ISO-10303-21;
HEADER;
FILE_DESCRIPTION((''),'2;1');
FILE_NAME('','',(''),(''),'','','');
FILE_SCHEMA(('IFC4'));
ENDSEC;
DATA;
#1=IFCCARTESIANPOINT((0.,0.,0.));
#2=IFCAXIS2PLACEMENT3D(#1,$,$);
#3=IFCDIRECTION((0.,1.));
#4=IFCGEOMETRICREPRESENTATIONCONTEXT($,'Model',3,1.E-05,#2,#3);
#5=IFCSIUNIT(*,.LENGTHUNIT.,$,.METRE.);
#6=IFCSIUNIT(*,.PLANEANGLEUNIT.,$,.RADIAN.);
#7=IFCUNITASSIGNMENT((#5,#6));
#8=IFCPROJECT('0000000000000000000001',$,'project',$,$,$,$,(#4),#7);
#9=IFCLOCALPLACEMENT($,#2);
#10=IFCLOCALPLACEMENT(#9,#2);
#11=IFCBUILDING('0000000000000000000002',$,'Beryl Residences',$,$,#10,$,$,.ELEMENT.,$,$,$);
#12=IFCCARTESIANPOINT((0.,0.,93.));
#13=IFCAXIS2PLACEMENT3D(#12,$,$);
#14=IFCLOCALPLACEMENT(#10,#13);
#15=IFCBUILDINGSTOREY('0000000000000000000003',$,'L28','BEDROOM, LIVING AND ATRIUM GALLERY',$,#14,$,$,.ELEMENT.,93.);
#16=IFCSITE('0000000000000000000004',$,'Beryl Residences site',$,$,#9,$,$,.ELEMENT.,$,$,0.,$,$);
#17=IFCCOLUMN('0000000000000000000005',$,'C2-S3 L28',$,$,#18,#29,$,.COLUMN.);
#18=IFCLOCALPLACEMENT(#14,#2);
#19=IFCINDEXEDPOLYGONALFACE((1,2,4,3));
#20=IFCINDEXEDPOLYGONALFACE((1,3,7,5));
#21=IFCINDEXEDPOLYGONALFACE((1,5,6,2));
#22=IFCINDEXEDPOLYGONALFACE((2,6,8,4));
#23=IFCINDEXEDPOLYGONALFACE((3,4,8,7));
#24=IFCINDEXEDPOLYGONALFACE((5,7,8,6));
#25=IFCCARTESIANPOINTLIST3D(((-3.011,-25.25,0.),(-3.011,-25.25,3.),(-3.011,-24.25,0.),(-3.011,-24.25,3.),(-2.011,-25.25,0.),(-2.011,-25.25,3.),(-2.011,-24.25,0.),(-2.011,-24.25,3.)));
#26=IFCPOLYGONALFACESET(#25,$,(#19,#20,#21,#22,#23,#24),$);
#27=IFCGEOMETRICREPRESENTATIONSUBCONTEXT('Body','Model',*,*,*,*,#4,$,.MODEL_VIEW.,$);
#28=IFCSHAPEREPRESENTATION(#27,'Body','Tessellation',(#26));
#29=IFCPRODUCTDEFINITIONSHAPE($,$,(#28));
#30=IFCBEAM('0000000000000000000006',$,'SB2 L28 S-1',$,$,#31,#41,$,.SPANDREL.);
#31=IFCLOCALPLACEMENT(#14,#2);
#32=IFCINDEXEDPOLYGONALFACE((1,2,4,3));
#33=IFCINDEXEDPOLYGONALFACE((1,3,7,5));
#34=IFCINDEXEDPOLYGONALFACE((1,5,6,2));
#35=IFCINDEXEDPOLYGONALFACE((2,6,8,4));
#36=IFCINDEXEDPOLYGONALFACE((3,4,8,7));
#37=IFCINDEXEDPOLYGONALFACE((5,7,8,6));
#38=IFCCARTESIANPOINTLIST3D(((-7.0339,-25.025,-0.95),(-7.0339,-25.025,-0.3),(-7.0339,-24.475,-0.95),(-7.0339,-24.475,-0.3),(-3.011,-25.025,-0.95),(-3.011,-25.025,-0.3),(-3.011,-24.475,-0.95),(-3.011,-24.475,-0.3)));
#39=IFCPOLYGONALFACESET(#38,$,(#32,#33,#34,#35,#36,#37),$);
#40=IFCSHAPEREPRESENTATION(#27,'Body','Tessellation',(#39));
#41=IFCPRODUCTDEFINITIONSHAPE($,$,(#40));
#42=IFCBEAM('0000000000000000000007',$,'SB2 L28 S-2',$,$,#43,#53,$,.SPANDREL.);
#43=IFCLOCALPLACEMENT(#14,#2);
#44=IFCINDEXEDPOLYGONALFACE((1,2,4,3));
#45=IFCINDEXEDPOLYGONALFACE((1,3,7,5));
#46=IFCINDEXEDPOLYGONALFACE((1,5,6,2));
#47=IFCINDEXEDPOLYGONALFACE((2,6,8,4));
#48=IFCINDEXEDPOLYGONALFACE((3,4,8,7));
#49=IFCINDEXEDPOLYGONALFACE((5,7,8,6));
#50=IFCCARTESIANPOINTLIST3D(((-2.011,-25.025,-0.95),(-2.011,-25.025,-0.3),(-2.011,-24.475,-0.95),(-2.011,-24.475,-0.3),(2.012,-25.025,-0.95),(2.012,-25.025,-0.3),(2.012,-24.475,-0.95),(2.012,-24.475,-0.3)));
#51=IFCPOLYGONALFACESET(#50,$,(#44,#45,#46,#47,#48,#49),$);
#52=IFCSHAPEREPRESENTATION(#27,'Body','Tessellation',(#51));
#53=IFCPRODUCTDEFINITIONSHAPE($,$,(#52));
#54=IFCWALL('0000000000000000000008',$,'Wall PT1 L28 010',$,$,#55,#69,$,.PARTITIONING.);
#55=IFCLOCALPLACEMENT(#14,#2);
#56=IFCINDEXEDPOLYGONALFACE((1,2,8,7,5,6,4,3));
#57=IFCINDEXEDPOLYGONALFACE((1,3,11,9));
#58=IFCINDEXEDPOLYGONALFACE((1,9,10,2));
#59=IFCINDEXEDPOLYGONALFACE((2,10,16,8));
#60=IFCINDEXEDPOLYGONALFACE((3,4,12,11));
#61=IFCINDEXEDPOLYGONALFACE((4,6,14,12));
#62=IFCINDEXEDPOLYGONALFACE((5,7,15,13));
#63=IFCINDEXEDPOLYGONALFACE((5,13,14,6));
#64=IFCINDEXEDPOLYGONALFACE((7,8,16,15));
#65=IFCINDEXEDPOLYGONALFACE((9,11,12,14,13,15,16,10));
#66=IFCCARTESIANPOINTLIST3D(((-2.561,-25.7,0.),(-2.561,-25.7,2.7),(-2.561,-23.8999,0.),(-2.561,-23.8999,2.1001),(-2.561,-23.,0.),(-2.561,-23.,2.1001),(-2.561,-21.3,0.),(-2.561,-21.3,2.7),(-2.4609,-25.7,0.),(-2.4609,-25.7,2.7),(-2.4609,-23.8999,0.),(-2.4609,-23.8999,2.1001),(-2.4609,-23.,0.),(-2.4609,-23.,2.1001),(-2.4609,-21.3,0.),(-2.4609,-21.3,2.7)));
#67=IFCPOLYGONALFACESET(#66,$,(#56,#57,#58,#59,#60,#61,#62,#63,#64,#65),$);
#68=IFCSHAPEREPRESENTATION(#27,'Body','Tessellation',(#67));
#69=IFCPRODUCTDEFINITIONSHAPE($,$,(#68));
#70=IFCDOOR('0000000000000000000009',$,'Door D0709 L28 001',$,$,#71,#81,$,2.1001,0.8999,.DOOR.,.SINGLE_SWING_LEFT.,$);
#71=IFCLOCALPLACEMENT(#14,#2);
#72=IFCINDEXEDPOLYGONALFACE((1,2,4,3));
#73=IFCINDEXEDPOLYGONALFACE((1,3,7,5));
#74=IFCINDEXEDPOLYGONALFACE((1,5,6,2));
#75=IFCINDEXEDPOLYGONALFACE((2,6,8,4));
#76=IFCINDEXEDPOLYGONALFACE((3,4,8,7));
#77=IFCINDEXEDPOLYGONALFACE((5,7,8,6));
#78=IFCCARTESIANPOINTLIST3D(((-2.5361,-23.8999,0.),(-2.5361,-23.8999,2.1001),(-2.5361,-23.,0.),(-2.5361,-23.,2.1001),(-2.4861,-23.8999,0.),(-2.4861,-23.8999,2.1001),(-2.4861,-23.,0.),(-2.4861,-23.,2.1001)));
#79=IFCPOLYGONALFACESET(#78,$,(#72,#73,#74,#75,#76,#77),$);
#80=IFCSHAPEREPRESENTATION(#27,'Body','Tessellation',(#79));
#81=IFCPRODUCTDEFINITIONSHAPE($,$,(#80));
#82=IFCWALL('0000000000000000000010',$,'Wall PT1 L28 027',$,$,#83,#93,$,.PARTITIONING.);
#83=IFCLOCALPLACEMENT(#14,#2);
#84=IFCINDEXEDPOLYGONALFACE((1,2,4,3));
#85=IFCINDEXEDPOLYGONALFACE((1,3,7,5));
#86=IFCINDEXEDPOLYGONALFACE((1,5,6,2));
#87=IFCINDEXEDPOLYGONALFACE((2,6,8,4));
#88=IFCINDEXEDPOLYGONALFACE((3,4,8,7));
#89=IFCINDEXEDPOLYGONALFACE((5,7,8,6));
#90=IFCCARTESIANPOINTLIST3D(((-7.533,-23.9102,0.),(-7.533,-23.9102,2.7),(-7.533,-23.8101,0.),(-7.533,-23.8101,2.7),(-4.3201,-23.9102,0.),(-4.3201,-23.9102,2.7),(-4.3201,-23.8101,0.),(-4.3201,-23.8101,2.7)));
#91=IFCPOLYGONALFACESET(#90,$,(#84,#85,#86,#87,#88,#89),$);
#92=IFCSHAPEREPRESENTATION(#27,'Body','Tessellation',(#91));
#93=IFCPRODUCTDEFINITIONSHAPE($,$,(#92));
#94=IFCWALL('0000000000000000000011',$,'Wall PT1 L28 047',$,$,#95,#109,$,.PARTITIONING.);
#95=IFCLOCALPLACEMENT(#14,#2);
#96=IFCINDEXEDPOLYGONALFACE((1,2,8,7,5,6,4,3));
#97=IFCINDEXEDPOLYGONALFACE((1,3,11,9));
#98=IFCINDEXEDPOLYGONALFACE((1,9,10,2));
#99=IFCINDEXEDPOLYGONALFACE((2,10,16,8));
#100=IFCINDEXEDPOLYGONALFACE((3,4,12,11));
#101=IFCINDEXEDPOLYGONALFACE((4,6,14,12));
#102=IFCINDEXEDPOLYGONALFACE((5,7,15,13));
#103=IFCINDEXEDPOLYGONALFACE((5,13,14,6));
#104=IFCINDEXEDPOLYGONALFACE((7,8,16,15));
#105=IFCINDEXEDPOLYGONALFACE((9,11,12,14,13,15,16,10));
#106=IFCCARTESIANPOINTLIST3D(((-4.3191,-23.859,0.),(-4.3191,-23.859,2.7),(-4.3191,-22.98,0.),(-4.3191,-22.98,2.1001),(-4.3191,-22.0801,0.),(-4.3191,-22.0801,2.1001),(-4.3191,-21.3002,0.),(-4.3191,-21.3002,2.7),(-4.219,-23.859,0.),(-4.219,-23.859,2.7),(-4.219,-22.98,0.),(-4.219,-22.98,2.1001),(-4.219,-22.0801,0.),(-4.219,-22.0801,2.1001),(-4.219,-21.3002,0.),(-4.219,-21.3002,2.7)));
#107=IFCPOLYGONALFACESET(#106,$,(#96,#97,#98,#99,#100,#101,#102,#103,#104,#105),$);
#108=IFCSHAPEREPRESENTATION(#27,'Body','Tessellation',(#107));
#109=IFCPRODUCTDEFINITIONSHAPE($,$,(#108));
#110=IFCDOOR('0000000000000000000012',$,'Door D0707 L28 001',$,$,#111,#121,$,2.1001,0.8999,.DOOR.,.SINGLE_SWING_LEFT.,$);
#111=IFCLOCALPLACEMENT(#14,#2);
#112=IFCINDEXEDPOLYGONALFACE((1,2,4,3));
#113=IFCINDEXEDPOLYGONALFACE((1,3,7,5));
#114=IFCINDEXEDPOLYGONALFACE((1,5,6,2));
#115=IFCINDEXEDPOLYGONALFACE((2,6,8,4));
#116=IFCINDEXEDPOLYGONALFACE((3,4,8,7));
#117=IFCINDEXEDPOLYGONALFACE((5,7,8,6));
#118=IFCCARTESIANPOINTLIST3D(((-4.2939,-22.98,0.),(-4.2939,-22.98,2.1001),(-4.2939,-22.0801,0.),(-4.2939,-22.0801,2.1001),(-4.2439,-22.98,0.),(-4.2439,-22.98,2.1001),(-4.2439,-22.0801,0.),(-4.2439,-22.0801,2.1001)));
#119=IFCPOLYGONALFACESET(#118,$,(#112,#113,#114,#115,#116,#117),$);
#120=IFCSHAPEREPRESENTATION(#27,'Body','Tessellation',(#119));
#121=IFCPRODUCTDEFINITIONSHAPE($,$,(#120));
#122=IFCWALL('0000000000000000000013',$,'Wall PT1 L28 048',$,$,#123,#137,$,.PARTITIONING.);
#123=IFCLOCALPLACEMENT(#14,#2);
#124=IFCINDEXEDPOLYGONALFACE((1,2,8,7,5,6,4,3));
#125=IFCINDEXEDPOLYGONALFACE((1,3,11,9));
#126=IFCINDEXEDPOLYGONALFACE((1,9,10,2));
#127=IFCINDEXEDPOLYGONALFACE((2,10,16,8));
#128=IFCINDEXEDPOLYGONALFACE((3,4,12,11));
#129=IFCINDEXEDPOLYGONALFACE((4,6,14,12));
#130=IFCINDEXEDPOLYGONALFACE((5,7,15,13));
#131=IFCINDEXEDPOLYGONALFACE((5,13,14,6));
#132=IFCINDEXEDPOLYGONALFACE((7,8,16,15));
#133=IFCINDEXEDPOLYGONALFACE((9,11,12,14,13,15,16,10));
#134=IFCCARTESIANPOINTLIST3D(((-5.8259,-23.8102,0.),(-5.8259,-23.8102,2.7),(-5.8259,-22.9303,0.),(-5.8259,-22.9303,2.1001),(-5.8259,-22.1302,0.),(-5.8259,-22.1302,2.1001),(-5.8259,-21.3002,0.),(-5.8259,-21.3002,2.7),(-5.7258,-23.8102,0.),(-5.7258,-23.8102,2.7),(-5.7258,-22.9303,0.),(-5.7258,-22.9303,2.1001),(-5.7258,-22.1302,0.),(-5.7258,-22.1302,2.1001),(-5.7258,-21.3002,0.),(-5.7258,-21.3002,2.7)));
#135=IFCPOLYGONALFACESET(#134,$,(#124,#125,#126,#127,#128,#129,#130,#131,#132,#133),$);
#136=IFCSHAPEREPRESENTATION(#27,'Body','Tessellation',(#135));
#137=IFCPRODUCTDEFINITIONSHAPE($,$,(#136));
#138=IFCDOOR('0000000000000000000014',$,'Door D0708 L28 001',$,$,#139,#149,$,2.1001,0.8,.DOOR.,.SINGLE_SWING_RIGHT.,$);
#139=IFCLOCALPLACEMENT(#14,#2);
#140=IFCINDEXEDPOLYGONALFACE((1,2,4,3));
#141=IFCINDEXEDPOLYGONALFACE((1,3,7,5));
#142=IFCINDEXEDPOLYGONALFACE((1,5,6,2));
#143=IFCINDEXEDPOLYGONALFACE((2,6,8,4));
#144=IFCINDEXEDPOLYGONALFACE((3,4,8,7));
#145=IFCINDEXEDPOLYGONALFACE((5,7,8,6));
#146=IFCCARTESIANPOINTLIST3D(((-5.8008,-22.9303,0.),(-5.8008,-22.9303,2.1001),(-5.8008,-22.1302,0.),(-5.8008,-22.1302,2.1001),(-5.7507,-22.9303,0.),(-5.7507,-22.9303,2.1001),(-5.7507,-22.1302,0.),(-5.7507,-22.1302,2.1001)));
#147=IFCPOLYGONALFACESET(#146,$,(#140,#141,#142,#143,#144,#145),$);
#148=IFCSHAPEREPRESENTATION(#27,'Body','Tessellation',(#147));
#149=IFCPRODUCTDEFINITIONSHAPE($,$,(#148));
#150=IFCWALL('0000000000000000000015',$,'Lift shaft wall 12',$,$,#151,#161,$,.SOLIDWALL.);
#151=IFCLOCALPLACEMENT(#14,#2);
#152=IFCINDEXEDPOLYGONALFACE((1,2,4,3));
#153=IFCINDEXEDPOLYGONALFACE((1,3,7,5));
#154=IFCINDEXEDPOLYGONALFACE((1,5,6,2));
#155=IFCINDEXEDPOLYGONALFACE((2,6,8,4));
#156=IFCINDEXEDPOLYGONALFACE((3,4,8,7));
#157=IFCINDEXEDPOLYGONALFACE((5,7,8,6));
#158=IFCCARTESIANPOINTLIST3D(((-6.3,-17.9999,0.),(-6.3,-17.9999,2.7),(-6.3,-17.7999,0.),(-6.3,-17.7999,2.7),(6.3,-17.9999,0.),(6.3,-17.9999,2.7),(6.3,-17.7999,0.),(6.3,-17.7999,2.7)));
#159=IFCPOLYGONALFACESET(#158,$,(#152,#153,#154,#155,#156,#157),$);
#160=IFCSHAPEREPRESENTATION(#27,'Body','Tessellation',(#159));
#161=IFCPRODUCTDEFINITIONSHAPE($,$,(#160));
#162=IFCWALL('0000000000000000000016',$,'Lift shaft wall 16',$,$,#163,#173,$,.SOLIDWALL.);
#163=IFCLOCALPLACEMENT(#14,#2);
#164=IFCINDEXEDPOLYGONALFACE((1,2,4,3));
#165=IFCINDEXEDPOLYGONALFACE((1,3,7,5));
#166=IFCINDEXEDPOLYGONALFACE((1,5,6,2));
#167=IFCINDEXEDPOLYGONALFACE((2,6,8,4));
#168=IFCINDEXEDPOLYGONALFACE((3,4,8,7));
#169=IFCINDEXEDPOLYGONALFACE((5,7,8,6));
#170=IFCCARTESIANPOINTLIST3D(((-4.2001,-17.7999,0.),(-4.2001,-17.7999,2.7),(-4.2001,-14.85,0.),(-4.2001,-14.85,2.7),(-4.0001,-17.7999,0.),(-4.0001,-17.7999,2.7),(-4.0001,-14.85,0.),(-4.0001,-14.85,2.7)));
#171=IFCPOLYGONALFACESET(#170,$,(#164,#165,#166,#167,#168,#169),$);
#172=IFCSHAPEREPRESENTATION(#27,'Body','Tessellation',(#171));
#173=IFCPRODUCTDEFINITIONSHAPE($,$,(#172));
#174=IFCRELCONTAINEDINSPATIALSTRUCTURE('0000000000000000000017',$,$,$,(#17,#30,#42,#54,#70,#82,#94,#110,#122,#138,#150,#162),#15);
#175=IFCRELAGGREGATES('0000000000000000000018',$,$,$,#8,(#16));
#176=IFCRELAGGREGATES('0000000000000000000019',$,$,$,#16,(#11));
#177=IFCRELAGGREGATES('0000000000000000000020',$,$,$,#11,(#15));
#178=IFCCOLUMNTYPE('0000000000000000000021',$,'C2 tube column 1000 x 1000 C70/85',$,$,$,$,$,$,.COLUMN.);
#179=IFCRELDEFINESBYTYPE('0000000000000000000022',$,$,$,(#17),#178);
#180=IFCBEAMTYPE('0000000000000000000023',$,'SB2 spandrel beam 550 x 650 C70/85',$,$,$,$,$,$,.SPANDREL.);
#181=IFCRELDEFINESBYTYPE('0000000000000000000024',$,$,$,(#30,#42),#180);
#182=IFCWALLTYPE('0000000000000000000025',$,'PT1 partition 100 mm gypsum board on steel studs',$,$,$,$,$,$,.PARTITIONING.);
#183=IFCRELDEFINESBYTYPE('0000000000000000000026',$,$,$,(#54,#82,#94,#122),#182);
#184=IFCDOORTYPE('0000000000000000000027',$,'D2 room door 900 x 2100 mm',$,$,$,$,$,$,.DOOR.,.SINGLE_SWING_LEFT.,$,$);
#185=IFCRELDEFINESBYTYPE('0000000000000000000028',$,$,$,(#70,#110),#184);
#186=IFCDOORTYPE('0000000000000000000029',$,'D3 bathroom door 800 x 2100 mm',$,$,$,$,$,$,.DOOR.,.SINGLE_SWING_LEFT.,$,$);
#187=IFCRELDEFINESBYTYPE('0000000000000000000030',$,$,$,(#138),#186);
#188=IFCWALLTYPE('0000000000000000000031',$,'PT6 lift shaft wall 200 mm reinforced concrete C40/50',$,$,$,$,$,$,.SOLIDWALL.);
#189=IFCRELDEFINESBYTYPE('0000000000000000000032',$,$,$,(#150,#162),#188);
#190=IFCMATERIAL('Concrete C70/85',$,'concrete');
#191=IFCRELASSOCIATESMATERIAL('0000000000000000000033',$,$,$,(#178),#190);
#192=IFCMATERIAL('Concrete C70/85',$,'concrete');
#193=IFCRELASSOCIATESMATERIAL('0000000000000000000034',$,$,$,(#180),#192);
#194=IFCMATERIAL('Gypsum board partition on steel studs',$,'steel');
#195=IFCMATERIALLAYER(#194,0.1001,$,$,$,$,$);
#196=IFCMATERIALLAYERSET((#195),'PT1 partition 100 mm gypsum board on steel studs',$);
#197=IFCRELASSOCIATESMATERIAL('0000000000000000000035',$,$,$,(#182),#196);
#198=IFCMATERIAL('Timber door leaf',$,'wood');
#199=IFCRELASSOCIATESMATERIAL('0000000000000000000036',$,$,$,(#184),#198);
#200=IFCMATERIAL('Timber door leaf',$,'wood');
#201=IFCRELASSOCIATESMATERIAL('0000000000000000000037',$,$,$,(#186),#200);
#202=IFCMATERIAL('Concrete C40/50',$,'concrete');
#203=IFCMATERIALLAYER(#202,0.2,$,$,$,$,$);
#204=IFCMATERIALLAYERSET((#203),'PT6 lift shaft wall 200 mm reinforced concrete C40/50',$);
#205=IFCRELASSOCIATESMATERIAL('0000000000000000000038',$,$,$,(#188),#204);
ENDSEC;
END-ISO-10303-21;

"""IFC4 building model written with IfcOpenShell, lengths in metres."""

from ifc_helpers import new_model, si_unit, direction, frame, frame_2d, origin, origin_2d, place, context, subcontext, project, spatial, rectangle, extrude, material, layer, layer_set, material_profile, profile_set, type_object, element, fill, save


model = new_model("IFC4")

# Units and contexts
model_context = context("Model", 3, precision=1e-05, world=origin(), true_north=direction((0.0, 1.0)))
body_context = subcontext(model_context, "Body", "Model", "MODEL_VIEW")
ifc_project = project(units=[si_unit("LENGTHUNIT", "METRE"), si_unit("PLANEANGLEUNIT", "RADIAN")], contexts=[model_context])

# Site, building, storey
site_placement = place(None, origin())
site = spatial("IfcSite", under=ifc_project, at=site_placement, Name="Beryl Residences site", CompositionType="ELEMENT", RefElevation=0.0)
building_placement = place(site_placement, origin())
building = spatial("IfcBuilding", under=site, at=building_placement, Name="Beryl Residences", CompositionType="ELEMENT")
storey_placement = place(building_placement, frame((0.0, 0.0, 93.0)))
storey = spatial("IfcBuildingStorey", under=building, at=storey_placement, Name="L28", Description="BEDROOM, LIVING AND ATRIUM GALLERY", CompositionType="ELEMENT", Elevation=93.0)

# Column
ifc_material_1 = material(Name="Concrete C70/85", Category="concrete")
ifc_material_profile_1 = material_profile(ifc_material_1, rectangle(XDim=1.0, YDim=1.0, at=origin_2d()))
ifc_profile_set_1 = profile_set([ifc_material_profile_1], Name="Concrete C70/85")
column_type = type_object("IfcColumnType", Name="C2 tube column 1000 x 1000 C70/85", PredefinedType="COLUMN", material=ifc_profile_set_1)
column_placement = place(storey_placement, frame((-2.511, -24.75, 0.0), z_axis=(0.0, 0.0, 1.0), x_axis=(1.0, 0.0, 0.0)))
element("IfcColumn", 1, at=column_placement, inside=storey, type_object=column_type, Name="C2-S3 L28", PredefinedType="COLUMN", context=body_context, shape_type="SweptSolid", body=[
    extrude(rectangle(XDim=1.0, YDim=1.0, at=origin_2d()), origin(), (0.0, 0.0, 1.0), 3.0),
])

# Beams
ifc_material_2 = material(Name="Concrete C70/85", Category="concrete")
ifc_material_profile_2 = material_profile(ifc_material_2, rectangle(XDim=0.55, YDim=0.6499, at=origin_2d()))
ifc_profile_set_2 = profile_set([ifc_material_profile_2], Name="Concrete C70/85")
beam_type = type_object("IfcBeamType", Name="SB2 spandrel beam 550 x 650 C70/85", PredefinedType="SPANDREL", material=ifc_profile_set_2)
for number, where, z_axis, x_axis, name in (
    (2, (-7.0339, -24.75, -0.625), (1.0, 0.0, 0.0), (0.0, 1.0, 0.0), "SB2 L28 S-1"),
    (3, (-2.011, -24.75, -0.625), (1.0, 0.0, 0.0), (0.0, 1.0, 0.0), "SB2 L28 S-2"),
):
    element("IfcBeam", number, at=place(storey_placement, frame(where, z_axis=z_axis, x_axis=x_axis)), inside=storey, type_object=beam_type, Name=name, PredefinedType="SPANDREL", context=body_context, shape_type="SweptSolid", body=[
        extrude(rectangle(XDim=0.55, YDim=0.6499, at=origin_2d()), origin(), (0.0, 0.0, 1.0), 4.0229),
    ])

# Wall, opening, door
ifc_material_3 = material(Name="Gypsum board partition on steel studs", Category="steel")
ifc_layer_1 = layer(ifc_material_3, 0.1001)
ifc_layer_set_1 = layer_set([ifc_layer_1], Name="PT1 partition 100 mm gypsum board on steel studs")
wall_type_1 = type_object("IfcWallType", Name="PT1 partition 100 mm gypsum board on steel studs", PredefinedType="PARTITIONING", material=ifc_layer_set_1)
wall_1_placement = place(storey_placement, frame((-2.511, -21.3, 0.0), z_axis=(0.0, 0.0, 1.0), x_axis=(0.0, -1.0, 0.0)))
wall_1 = element("IfcWall", 4, at=wall_1_placement, inside=storey, type_object=wall_type_1, Name="Wall PT1 L28 010", PredefinedType="PARTITIONING", context=body_context, shape_type="SweptSolid", body=[
    extrude(rectangle(XDim=4.3999, YDim=0.1001, at=frame_2d((2.2, 0.0))), origin(), (0.0, 0.0, 1.0), 2.7),
])
opening_1_placement = place(wall_1_placement, frame((1.7, 0.0, 0.0)))
opening_1 = element("IfcOpeningElement", 5, at=opening_1_placement, cuts=wall_1, PredefinedType="OPENING", context=body_context, shape_type="SweptSolid", body=[
    extrude(rectangle(XDim=0.8999, YDim=2.1001, at=frame_2d((0.45, 1.05))), frame((0.0, 0.0601, 0.0), z_axis=(0.0, -1.0, 0.0), x_axis=(1.0, 0.0, 0.0)), (0.0, 0.0, 1.0), 0.1201),
])
ifc_material_4 = material(Name="Timber door leaf", Category="wood")
door_type_1 = type_object("IfcDoorType", Name="D2 room door 900 x 2100 mm", OperationType="SINGLE_SWING_LEFT", PredefinedType="DOOR", material=ifc_material_4)
door_1_placement = place(opening_1_placement, origin())
door_1 = element("IfcDoor", 6, at=door_1_placement, inside=storey, type_object=door_type_1, Name="Door D0709 L28 001", OperationType="SINGLE_SWING_LEFT", OverallHeight=2.1001, OverallWidth=0.8999, PredefinedType="DOOR", context=body_context, shape_type="SweptSolid", body=[
    extrude(rectangle(XDim=0.8999, YDim=2.1001, at=frame_2d((0.45, 1.05))), frame((0.0, 0.0249, 0.0), z_axis=(0.0, -1.0, 0.0), x_axis=(1.0, 0.0, 0.0)), (0.0, 0.0, 1.0), 0.05),
])
fill(opening_1, door_1)

# Wall
wall_2_placement = place(storey_placement, frame((-7.533, -23.8601, 0.0), z_axis=(0.0, 0.0, 1.0), x_axis=(1.0, 0.0, 0.0)))
element("IfcWall", 7, at=wall_2_placement, inside=storey, type_object=wall_type_1, Name="Wall PT1 L28 027", PredefinedType="PARTITIONING", context=body_context, shape_type="SweptSolid", body=[
    extrude(rectangle(XDim=3.2129, YDim=0.1001, at=frame_2d((1.6064, 0.0))), origin(), (0.0, 0.0, 1.0), 2.7),
])

# Walls, openings, doors
wall_3_placement = place(storey_placement, frame((-4.269, -23.8589, 0.0), z_axis=(0.0, 0.0, 1.0), x_axis=(0.0, 1.0, 0.0)))
wall_3 = element("IfcWall", 8, at=wall_3_placement, inside=storey, type_object=wall_type_1, Name="Wall PT1 L28 047", PredefinedType="PARTITIONING", context=body_context, shape_type="SweptSolid", body=[
    extrude(rectangle(XDim=2.5588, YDim=0.1001, at=frame_2d((1.2793, 0.0))), origin(), (0.0, 0.0, 1.0), 2.7),
])
opening_2_placement = place(wall_3_placement, frame((0.8789, 0.0, 0.0)))
opening_2 = element("IfcOpeningElement", 9, at=opening_2_placement, cuts=wall_3, PredefinedType="OPENING", context=body_context, shape_type="SweptSolid", body=[
    extrude(rectangle(XDim=0.8999, YDim=2.1001, at=frame_2d((0.45, 1.05))), frame((0.0, 0.0601, 0.0), z_axis=(0.0, -1.0, 0.0), x_axis=(1.0, 0.0, 0.0)), (0.0, 0.0, 1.0), 0.1201),
])
door_2_placement = place(opening_2_placement, origin())
door_2 = element("IfcDoor", 10, at=door_2_placement, inside=storey, type_object=door_type_1, Name="Door D0707 L28 001", OperationType="SINGLE_SWING_LEFT", OverallHeight=2.1001, OverallWidth=0.8999, PredefinedType="DOOR", context=body_context, shape_type="SweptSolid", body=[
    extrude(rectangle(XDim=0.8999, YDim=2.1001, at=frame_2d((0.45, 1.05))), frame((0.0, 0.0249, 0.0), z_axis=(0.0, -1.0, 0.0), x_axis=(1.0, 0.0, 0.0)), (0.0, 0.0, 1.0), 0.05),
])
fill(opening_2, door_2)
wall_4_placement = place(storey_placement, frame((-5.7759, -23.8101, 0.0), z_axis=(0.0, 0.0, 1.0), x_axis=(0.0, 1.0, 0.0)))
wall_4 = element("IfcWall", 11, at=wall_4_placement, inside=storey, type_object=wall_type_1, Name="Wall PT1 L28 048", PredefinedType="PARTITIONING", context=body_context, shape_type="SweptSolid", body=[
    extrude(rectangle(XDim=2.51, YDim=0.1001, at=frame_2d((1.2549, 0.0))), origin(), (0.0, 0.0, 1.0), 2.7),
])
opening_3_placement = place(wall_4_placement, frame((0.8799, 0.0, 0.0)))
opening_3 = element("IfcOpeningElement", 12, at=opening_3_placement, cuts=wall_4, PredefinedType="OPENING", context=body_context, shape_type="SweptSolid", body=[
    extrude(rectangle(XDim=0.8, YDim=2.1001, at=frame_2d((0.3999, 1.05))), frame((0.0, 0.0601, 0.0), z_axis=(0.0, -1.0, 0.0), x_axis=(1.0, 0.0, 0.0)), (0.0, 0.0, 1.0), 0.1201),
])
ifc_material_5 = material(Name="Timber door leaf", Category="wood")
door_type_2 = type_object("IfcDoorType", Name="D3 bathroom door 800 x 2100 mm", OperationType="SINGLE_SWING_LEFT", PredefinedType="DOOR", material=ifc_material_5)
door_3_placement = place(opening_3_placement, origin())
door_3 = element("IfcDoor", 13, at=door_3_placement, inside=storey, type_object=door_type_2, Name="Door D0708 L28 001", OperationType="SINGLE_SWING_RIGHT", OverallHeight=2.1001, OverallWidth=0.8, PredefinedType="DOOR", context=body_context, shape_type="SweptSolid", body=[
    extrude(rectangle(XDim=0.8, YDim=2.1001, at=frame_2d((0.3999, 1.05))), frame((0.0, 0.0249, 0.0), z_axis=(0.0, -1.0, 0.0), x_axis=(1.0, 0.0, 0.0)), (0.0, 0.0, 1.0), 0.05),
])
fill(opening_3, door_3)

# Walls
ifc_material_6 = material(Name="Concrete C40/50", Category="concrete")
ifc_layer_2 = layer(ifc_material_6, 0.2)
ifc_layer_set_2 = layer_set([ifc_layer_2], Name="PT6 lift shaft wall 200 mm reinforced concrete C40/50")
wall_type_2 = type_object("IfcWallType", Name="PT6 lift shaft wall 200 mm reinforced concrete C40/50", PredefinedType="SOLIDWALL", material=ifc_layer_set_2)
wall_5_placement = place(storey_placement, frame((-6.3, -17.8999, 0.0), z_axis=(0.0, 0.0, 1.0), x_axis=(1.0, 0.0, 0.0)))
element("IfcWall", 14, at=wall_5_placement, inside=storey, type_object=wall_type_2, Name="Lift shaft wall 12", PredefinedType="SOLIDWALL", context=body_context, shape_type="SweptSolid", body=[
    extrude(rectangle(XDim=12.6001, YDim=0.2, at=frame_2d((6.3, 0.0))), origin(), (0.0, 0.0, 1.0), 2.7),
])
wall_6_placement = place(storey_placement, frame((-4.1001, -17.8, 0.0), z_axis=(0.0, 0.0, 1.0), x_axis=(0.0, 1.0, 0.0)))
element("IfcWall", 15, at=wall_6_placement, inside=storey, type_object=wall_type_2, Name="Lift shaft wall 16", PredefinedType="SOLIDWALL", context=body_context, shape_type="SweptSolid", body=[
    extrude(rectangle(XDim=2.95, YDim=0.2, at=frame_2d((1.4751, 0.0))), origin(), (0.0, 0.0, 1.0), 2.7),
])

save(model, "model.ifc")
